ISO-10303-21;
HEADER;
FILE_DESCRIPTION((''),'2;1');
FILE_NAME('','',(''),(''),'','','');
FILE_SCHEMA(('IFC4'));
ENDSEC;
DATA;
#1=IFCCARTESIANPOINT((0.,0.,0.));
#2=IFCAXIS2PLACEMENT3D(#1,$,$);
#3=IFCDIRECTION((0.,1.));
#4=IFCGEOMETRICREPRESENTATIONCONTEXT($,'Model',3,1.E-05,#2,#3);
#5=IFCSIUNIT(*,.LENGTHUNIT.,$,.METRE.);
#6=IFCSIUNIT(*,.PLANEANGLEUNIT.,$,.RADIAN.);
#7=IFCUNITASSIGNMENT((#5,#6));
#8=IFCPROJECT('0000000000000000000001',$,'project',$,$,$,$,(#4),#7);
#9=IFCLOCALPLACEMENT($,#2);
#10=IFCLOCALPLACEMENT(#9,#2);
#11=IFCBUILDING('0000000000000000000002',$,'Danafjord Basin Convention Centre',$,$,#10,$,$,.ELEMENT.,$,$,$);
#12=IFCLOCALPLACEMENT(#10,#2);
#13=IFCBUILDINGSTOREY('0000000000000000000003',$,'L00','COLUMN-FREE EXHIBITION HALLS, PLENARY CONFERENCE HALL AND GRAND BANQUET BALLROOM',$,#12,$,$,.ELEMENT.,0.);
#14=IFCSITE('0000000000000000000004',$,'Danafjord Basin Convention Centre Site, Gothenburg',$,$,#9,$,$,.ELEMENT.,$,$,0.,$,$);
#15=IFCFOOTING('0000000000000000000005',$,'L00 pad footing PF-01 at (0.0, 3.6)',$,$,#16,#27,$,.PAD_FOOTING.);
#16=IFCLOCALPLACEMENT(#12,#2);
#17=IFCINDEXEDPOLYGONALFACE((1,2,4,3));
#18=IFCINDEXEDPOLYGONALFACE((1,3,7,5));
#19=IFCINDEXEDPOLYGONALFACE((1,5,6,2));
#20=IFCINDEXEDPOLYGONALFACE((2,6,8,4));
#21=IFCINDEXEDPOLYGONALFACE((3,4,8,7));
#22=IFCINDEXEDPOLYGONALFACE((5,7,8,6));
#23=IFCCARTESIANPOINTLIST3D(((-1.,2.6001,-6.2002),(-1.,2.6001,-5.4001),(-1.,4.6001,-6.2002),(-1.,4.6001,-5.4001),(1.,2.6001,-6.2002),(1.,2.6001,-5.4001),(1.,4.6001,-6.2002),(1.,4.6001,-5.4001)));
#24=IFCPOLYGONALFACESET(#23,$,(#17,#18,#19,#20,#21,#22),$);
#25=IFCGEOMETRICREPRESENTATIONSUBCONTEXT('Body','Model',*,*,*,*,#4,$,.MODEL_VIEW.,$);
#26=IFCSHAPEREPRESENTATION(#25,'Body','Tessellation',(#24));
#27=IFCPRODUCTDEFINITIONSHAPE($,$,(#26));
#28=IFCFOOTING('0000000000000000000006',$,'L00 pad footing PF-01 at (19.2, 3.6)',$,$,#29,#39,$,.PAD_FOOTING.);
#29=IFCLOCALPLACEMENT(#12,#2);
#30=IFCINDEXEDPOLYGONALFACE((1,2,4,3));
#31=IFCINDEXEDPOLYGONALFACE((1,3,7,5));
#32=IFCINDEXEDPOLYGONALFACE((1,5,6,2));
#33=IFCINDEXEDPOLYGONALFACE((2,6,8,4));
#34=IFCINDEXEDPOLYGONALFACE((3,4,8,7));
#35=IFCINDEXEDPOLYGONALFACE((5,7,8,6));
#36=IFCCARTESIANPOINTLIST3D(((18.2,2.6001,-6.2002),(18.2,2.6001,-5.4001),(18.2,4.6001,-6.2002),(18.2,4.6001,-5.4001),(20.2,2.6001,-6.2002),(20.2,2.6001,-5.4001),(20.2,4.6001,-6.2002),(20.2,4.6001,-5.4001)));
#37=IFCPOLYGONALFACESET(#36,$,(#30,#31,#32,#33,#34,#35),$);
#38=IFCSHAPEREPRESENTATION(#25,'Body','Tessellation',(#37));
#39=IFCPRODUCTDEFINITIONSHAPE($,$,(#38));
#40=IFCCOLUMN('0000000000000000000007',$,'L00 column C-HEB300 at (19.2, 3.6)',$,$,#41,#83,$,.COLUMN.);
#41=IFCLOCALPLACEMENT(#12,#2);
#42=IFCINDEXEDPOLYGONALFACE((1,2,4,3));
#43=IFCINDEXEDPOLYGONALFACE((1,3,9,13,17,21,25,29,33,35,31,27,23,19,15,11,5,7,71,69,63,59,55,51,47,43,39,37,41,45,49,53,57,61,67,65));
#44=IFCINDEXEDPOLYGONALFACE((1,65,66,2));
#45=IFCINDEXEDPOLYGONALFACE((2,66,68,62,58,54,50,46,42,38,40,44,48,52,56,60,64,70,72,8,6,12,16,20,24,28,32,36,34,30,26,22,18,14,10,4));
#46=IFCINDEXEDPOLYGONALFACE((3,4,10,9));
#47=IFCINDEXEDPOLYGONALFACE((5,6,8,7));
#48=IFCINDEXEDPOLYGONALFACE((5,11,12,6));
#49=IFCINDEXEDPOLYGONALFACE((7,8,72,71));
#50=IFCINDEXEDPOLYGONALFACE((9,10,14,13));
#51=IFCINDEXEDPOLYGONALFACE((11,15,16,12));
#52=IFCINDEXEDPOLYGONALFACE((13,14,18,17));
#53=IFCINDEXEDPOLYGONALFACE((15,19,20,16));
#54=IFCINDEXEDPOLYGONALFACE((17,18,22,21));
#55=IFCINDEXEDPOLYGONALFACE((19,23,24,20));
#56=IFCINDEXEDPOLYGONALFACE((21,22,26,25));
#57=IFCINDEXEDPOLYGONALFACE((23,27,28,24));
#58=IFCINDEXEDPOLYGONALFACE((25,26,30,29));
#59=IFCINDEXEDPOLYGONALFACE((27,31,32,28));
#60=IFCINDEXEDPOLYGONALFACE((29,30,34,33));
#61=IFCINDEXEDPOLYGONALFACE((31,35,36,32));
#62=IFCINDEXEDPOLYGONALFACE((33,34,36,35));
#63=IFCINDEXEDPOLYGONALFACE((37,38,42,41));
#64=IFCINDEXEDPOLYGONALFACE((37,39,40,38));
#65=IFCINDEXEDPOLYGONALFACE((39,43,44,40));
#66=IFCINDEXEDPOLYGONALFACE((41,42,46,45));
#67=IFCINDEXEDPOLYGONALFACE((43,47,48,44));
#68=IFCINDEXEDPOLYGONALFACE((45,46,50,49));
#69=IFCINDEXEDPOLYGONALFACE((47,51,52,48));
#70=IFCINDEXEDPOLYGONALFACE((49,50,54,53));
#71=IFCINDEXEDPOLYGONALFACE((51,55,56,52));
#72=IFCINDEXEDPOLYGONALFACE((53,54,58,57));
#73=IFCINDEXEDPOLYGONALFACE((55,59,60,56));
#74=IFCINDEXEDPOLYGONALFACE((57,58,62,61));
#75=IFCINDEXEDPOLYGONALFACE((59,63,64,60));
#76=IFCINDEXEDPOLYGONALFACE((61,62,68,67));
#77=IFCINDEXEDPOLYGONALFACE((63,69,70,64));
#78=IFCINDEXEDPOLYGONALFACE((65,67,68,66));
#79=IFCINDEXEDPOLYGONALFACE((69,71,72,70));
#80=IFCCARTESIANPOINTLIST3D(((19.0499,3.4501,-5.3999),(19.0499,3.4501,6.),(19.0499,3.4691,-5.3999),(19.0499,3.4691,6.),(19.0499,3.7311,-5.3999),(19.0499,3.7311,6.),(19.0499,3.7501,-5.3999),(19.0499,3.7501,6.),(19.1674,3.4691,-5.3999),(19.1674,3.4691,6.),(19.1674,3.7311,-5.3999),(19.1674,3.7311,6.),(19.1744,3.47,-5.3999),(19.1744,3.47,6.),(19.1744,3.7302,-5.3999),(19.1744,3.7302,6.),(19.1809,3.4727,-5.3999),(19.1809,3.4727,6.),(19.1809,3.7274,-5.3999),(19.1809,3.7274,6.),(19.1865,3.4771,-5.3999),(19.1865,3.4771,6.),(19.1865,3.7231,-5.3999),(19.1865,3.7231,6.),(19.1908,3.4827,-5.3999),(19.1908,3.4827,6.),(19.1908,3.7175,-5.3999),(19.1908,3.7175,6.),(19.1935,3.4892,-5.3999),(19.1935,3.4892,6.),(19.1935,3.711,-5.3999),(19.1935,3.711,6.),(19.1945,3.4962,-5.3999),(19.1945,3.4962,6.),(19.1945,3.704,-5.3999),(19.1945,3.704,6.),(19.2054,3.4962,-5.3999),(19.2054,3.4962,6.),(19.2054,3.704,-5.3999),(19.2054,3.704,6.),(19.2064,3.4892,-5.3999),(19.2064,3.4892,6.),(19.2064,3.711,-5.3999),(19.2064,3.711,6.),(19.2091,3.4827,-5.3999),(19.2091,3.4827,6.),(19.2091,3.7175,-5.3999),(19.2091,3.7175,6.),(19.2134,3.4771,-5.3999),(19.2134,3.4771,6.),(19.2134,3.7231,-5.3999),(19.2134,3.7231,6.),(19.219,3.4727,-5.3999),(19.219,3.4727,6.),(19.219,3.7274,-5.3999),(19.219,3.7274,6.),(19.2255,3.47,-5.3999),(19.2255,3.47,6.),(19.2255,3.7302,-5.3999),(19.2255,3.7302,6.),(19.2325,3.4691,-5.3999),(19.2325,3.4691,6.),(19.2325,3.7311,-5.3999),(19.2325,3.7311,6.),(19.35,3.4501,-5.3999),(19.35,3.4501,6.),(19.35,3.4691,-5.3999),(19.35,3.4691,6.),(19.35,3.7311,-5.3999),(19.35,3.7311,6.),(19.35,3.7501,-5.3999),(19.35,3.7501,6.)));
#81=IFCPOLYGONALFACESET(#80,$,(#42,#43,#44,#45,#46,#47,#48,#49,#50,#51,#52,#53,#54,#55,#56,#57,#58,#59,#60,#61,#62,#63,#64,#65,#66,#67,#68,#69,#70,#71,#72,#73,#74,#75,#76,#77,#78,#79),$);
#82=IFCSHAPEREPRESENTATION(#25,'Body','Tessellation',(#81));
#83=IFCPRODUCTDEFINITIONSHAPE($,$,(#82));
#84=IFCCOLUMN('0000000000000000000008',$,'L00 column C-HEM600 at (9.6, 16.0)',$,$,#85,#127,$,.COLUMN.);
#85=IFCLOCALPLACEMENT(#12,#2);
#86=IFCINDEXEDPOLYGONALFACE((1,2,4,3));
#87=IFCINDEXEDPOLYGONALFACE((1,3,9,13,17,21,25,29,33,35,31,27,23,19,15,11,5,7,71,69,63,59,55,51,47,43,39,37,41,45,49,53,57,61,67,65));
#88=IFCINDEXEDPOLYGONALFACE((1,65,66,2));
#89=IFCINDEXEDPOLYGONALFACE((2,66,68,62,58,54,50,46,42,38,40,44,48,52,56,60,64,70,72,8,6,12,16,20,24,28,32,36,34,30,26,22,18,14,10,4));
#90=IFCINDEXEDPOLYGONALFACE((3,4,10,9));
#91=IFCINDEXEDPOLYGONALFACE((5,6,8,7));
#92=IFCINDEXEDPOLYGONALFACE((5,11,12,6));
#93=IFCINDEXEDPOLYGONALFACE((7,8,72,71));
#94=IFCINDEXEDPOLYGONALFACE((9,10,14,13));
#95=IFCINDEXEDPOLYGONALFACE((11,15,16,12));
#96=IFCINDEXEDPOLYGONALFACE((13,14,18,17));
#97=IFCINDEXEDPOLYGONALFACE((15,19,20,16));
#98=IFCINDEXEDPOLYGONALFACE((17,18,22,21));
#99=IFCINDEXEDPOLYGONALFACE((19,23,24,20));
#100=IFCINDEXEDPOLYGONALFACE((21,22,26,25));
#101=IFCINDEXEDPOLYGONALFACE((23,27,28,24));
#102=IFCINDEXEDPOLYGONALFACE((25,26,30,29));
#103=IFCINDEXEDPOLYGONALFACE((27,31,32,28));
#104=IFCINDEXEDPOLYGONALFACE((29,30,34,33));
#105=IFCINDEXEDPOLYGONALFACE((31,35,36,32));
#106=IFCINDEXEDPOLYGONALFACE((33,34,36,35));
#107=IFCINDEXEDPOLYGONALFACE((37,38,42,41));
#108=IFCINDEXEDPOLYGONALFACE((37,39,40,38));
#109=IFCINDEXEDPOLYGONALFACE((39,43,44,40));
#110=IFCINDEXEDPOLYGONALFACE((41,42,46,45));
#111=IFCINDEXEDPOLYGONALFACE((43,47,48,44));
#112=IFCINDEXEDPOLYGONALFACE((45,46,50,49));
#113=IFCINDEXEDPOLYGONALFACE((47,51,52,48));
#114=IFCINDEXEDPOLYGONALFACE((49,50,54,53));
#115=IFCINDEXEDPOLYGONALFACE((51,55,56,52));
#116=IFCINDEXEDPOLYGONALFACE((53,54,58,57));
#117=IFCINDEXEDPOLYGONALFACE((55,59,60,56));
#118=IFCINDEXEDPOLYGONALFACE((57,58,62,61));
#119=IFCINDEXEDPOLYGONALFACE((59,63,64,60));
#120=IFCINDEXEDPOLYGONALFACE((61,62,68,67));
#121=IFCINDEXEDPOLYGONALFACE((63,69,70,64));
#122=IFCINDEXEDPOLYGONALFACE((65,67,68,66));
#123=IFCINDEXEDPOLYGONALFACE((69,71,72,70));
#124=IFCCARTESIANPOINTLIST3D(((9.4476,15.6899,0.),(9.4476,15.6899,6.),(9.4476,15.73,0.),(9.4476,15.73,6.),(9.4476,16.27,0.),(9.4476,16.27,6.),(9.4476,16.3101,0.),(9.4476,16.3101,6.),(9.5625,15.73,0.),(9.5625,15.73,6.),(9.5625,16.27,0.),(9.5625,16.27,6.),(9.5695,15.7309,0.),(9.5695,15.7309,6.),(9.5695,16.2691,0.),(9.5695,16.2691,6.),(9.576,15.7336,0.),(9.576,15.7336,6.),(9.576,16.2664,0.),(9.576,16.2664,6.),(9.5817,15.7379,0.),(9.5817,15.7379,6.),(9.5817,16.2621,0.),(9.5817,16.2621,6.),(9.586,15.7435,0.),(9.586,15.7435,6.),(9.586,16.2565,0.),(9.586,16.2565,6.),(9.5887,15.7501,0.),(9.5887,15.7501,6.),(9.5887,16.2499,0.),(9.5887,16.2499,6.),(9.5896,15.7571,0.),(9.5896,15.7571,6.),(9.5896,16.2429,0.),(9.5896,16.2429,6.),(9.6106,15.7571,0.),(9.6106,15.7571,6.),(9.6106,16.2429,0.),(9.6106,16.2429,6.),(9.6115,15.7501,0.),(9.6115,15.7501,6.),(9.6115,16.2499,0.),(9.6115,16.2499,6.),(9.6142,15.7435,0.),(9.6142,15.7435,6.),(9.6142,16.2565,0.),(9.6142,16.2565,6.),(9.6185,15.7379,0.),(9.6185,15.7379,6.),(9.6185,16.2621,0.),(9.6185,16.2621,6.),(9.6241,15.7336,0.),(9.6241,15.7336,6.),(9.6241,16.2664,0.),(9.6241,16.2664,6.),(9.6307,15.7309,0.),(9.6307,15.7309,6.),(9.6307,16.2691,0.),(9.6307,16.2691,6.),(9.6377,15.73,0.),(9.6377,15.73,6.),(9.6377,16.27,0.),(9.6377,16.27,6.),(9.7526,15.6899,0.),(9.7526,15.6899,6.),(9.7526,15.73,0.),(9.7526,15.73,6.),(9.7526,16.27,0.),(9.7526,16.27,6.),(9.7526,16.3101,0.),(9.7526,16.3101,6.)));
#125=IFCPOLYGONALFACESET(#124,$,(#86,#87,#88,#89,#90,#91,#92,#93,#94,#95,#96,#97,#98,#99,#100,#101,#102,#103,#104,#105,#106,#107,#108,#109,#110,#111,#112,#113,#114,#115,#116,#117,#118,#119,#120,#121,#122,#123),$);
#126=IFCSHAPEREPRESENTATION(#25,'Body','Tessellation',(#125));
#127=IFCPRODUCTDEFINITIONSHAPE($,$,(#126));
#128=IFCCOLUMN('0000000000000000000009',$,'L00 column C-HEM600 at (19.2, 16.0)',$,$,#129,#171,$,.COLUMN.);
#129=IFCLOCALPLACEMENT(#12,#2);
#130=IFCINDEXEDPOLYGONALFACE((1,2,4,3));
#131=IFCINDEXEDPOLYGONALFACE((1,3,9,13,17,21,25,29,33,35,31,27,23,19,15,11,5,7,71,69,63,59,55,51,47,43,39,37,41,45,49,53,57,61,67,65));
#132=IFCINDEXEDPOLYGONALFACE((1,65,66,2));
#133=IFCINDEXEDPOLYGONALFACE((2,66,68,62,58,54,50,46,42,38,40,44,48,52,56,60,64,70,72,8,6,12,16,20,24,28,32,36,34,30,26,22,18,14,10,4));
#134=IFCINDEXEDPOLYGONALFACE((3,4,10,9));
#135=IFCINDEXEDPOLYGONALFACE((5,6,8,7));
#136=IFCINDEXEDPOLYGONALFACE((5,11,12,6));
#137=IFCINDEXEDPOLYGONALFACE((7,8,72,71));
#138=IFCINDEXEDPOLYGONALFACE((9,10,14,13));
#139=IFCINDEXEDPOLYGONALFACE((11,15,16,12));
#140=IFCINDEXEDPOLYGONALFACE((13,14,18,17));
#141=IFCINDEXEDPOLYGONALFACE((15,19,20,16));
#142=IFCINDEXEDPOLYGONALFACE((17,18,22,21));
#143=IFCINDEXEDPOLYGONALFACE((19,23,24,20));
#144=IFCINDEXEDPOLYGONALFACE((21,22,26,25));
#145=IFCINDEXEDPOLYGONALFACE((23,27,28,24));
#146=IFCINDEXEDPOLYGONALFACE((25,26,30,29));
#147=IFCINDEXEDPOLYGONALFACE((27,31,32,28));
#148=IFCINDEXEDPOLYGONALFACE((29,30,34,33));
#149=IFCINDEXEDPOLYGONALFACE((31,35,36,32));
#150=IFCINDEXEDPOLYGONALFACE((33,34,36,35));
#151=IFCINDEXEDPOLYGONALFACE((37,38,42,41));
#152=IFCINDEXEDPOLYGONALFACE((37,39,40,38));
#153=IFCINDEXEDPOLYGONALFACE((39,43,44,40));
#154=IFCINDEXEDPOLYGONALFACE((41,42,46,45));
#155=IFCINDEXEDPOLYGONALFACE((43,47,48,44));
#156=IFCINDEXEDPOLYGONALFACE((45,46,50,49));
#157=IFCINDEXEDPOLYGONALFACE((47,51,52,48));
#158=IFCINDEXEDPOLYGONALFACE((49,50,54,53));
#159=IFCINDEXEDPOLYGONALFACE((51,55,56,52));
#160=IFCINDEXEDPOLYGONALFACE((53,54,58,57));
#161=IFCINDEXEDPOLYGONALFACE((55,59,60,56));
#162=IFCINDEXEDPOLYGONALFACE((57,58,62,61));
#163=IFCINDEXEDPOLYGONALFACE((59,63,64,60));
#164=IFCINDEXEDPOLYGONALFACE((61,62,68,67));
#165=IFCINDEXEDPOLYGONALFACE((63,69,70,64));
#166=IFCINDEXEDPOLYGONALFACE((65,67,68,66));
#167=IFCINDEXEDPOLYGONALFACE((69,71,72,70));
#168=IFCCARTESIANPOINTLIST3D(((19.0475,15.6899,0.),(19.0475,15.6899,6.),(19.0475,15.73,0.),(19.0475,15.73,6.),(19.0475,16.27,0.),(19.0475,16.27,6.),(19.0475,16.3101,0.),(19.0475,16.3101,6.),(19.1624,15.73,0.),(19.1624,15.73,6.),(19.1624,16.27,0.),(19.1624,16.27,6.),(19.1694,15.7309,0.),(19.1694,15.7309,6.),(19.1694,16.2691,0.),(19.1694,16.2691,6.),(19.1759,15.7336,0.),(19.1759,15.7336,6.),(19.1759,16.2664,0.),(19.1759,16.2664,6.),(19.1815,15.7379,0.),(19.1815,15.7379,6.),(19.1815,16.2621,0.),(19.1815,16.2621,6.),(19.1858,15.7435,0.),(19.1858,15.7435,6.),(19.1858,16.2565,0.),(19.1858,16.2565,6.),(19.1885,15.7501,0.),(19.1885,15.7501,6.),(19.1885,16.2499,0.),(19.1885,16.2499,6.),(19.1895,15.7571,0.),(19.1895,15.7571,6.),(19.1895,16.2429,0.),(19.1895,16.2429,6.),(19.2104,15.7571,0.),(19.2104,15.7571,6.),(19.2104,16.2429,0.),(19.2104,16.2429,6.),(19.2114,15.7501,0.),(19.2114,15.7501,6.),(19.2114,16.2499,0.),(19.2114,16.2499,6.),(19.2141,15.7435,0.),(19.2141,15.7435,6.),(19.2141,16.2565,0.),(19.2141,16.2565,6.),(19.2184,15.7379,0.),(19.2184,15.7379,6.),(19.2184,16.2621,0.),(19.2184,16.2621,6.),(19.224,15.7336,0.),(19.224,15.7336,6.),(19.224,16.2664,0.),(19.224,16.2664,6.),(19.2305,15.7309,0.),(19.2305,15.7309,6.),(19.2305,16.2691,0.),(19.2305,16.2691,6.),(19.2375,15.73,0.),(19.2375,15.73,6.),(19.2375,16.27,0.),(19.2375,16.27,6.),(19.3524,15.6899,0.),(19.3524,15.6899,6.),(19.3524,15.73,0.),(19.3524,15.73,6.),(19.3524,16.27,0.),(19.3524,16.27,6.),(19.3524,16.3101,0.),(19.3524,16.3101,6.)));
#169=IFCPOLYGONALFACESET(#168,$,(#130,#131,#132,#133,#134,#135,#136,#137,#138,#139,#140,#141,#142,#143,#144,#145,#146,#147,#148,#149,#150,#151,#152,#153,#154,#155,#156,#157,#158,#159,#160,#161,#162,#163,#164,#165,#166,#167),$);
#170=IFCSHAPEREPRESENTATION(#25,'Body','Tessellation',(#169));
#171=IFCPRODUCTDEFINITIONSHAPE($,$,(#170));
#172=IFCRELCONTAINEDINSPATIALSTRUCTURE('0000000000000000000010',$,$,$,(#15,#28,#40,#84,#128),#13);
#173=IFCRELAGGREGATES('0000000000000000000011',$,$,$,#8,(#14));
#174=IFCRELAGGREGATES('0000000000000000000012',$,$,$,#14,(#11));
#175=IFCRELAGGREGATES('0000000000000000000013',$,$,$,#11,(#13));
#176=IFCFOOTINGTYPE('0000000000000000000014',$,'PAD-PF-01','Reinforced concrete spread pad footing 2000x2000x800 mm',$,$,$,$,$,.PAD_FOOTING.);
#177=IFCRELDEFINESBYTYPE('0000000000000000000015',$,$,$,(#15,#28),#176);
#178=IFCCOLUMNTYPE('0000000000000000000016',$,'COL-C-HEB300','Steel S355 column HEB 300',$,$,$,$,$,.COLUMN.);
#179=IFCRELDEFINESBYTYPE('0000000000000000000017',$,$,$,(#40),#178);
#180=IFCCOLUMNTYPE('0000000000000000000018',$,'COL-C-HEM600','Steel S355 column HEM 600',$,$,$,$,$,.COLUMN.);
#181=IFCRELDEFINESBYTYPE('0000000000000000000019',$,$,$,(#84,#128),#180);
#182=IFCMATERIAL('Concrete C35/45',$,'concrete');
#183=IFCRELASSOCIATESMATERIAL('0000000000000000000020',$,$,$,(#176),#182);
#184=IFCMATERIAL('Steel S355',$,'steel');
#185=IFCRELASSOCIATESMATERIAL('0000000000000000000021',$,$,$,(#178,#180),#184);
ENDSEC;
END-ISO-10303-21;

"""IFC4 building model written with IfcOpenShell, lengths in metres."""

from ifc_helpers import new_model, si_unit, direction, frame, origin, origin_2d, place, context, subcontext, project, spatial, rectangle, i_section, extrude, material, material_profile, profile_set, type_object, element, save


model = new_model("IFC4")

# Units and contexts
model_context = context("Model", 3, precision=1e-05, world=origin(), true_north=direction((0.0, 1.0)))
body_context = subcontext(model_context, "Body", "Model", "MODEL_VIEW")
ifc_project = project(units=[si_unit("LENGTHUNIT", "METRE"), si_unit("PLANEANGLEUNIT", "RADIAN")], contexts=[model_context])

# Site, building, storey
site_placement = place(None, origin())
site = spatial("IfcSite", under=ifc_project, at=site_placement, Name="Danafjord Basin Convention Centre Site, Gothenburg", CompositionType="ELEMENT", RefElevation=0.0)
building_placement = place(site_placement, origin())
building = spatial("IfcBuilding", under=site, at=building_placement, Name="Danafjord Basin Convention Centre", CompositionType="ELEMENT")
storey_placement = place(building_placement, origin())
storey = spatial("IfcBuildingStorey", under=building, at=storey_placement, Name="L00", Description="COLUMN-FREE EXHIBITION HALLS, PLENARY CONFERENCE HALL AND GRAND BANQUET BALLROOM", CompositionType="ELEMENT", Elevation=0.0)

# Footings
ifc_material_1 = material(Name="Concrete C35/45", Category="concrete")
footing_type = type_object("IfcFootingType", Name="PAD-PF-01", Description="Reinforced concrete spread pad footing 2000x2000x800 mm", PredefinedType="PAD_FOOTING", material=ifc_material_1)
for number, where, z_axis, x_axis, name in (
    (1, (0.0, 3.6001, -6.2002), (0.0, 0.0, 1.0), (1.0, 0.0, 0.0), "L00 pad footing PF-01 at (0.0, 3.6)"),
    (2, (19.2, 3.6001, -6.2002), (0.0, 0.0, 1.0), (1.0, 0.0, 0.0), "L00 pad footing PF-01 at (19.2, 3.6)"),
):
    element("IfcFooting", number, at=place(storey_placement, frame(where, z_axis=z_axis, x_axis=x_axis)), inside=storey, type_object=footing_type, Name=name, PredefinedType="PAD_FOOTING", context=body_context, shape_type="SweptSolid", body=[
        extrude(rectangle(XDim=2.0, YDim=2.0, at=origin_2d()), origin(), (0.0, 0.0, 1.0), 0.8),
    ])

# Columns
ifc_material_2 = material(Name="Steel S355", Category="steel")
ifc_material_profile_1 = material_profile(ifc_material_2, i_section(OverallWidth=0.3, OverallDepth=0.3, WebThickness=0.011, FlangeThickness=0.019, FilletRadius=0.0271, at=origin_2d()), Name="HEB 300")
ifc_profile_set_1 = profile_set([ifc_material_profile_1], Name="Steel S355")
column_type_1 = type_object("IfcColumnType", Name="COL-C-HEB300", Description="Steel S355 column HEB 300", PredefinedType="COLUMN", material=ifc_profile_set_1)
column_1_placement = place(storey_placement, frame((19.2, 3.6001, -5.3999), z_axis=(0.0, 0.0, 1.0), x_axis=(1.0, 0.0, 0.0)))
element("IfcColumn", 3, at=column_1_placement, inside=storey, type_object=column_type_1, Name="L00 column C-HEB300 at (19.2, 3.6)", PredefinedType="COLUMN", context=body_context, shape_type="SweptSolid", body=[
    extrude(i_section(OverallWidth=0.3, OverallDepth=0.3, WebThickness=0.011, FlangeThickness=0.019, FilletRadius=0.0271, at=origin_2d()), origin(), (0.0, 0.0, 1.0), 11.3999),
])
ifc_material_profile_2 = material_profile(ifc_material_2, i_section(OverallWidth=0.3049, OverallDepth=0.6201, WebThickness=0.021, FlangeThickness=0.04, FilletRadius=0.0271, at=origin_2d()), Name="HEM 600")
ifc_profile_set_2 = profile_set([ifc_material_profile_2], Name="Steel S355")
column_type_2 = type_object("IfcColumnType", Name="COL-C-HEM600", Description="Steel S355 column HEM 600", PredefinedType="COLUMN", material=ifc_profile_set_2)
for number, where, z_axis, x_axis, name in (
    (4, (9.6001, 16.0, 0.0), (0.0, 0.0, 1.0), (1.0, 0.0, 0.0), "L00 column C-HEM600 at (9.6, 16.0)"),
    (5, (19.2, 16.0, 0.0), (0.0, 0.0, 1.0), (1.0, 0.0, 0.0), "L00 column C-HEM600 at (19.2, 16.0)"),
):
    element("IfcColumn", number, at=place(storey_placement, frame(where, z_axis=z_axis, x_axis=x_axis)), inside=storey, type_object=column_type_2, Name=name, PredefinedType="COLUMN", context=body_context, shape_type="SweptSolid", body=[
        extrude(i_section(OverallWidth=0.3049, OverallDepth=0.6201, WebThickness=0.021, FlangeThickness=0.04, FilletRadius=0.0271, at=origin_2d()), origin(), (0.0, 0.0, 1.0), 6.0),
    ])

save(model, "model.ifc")
